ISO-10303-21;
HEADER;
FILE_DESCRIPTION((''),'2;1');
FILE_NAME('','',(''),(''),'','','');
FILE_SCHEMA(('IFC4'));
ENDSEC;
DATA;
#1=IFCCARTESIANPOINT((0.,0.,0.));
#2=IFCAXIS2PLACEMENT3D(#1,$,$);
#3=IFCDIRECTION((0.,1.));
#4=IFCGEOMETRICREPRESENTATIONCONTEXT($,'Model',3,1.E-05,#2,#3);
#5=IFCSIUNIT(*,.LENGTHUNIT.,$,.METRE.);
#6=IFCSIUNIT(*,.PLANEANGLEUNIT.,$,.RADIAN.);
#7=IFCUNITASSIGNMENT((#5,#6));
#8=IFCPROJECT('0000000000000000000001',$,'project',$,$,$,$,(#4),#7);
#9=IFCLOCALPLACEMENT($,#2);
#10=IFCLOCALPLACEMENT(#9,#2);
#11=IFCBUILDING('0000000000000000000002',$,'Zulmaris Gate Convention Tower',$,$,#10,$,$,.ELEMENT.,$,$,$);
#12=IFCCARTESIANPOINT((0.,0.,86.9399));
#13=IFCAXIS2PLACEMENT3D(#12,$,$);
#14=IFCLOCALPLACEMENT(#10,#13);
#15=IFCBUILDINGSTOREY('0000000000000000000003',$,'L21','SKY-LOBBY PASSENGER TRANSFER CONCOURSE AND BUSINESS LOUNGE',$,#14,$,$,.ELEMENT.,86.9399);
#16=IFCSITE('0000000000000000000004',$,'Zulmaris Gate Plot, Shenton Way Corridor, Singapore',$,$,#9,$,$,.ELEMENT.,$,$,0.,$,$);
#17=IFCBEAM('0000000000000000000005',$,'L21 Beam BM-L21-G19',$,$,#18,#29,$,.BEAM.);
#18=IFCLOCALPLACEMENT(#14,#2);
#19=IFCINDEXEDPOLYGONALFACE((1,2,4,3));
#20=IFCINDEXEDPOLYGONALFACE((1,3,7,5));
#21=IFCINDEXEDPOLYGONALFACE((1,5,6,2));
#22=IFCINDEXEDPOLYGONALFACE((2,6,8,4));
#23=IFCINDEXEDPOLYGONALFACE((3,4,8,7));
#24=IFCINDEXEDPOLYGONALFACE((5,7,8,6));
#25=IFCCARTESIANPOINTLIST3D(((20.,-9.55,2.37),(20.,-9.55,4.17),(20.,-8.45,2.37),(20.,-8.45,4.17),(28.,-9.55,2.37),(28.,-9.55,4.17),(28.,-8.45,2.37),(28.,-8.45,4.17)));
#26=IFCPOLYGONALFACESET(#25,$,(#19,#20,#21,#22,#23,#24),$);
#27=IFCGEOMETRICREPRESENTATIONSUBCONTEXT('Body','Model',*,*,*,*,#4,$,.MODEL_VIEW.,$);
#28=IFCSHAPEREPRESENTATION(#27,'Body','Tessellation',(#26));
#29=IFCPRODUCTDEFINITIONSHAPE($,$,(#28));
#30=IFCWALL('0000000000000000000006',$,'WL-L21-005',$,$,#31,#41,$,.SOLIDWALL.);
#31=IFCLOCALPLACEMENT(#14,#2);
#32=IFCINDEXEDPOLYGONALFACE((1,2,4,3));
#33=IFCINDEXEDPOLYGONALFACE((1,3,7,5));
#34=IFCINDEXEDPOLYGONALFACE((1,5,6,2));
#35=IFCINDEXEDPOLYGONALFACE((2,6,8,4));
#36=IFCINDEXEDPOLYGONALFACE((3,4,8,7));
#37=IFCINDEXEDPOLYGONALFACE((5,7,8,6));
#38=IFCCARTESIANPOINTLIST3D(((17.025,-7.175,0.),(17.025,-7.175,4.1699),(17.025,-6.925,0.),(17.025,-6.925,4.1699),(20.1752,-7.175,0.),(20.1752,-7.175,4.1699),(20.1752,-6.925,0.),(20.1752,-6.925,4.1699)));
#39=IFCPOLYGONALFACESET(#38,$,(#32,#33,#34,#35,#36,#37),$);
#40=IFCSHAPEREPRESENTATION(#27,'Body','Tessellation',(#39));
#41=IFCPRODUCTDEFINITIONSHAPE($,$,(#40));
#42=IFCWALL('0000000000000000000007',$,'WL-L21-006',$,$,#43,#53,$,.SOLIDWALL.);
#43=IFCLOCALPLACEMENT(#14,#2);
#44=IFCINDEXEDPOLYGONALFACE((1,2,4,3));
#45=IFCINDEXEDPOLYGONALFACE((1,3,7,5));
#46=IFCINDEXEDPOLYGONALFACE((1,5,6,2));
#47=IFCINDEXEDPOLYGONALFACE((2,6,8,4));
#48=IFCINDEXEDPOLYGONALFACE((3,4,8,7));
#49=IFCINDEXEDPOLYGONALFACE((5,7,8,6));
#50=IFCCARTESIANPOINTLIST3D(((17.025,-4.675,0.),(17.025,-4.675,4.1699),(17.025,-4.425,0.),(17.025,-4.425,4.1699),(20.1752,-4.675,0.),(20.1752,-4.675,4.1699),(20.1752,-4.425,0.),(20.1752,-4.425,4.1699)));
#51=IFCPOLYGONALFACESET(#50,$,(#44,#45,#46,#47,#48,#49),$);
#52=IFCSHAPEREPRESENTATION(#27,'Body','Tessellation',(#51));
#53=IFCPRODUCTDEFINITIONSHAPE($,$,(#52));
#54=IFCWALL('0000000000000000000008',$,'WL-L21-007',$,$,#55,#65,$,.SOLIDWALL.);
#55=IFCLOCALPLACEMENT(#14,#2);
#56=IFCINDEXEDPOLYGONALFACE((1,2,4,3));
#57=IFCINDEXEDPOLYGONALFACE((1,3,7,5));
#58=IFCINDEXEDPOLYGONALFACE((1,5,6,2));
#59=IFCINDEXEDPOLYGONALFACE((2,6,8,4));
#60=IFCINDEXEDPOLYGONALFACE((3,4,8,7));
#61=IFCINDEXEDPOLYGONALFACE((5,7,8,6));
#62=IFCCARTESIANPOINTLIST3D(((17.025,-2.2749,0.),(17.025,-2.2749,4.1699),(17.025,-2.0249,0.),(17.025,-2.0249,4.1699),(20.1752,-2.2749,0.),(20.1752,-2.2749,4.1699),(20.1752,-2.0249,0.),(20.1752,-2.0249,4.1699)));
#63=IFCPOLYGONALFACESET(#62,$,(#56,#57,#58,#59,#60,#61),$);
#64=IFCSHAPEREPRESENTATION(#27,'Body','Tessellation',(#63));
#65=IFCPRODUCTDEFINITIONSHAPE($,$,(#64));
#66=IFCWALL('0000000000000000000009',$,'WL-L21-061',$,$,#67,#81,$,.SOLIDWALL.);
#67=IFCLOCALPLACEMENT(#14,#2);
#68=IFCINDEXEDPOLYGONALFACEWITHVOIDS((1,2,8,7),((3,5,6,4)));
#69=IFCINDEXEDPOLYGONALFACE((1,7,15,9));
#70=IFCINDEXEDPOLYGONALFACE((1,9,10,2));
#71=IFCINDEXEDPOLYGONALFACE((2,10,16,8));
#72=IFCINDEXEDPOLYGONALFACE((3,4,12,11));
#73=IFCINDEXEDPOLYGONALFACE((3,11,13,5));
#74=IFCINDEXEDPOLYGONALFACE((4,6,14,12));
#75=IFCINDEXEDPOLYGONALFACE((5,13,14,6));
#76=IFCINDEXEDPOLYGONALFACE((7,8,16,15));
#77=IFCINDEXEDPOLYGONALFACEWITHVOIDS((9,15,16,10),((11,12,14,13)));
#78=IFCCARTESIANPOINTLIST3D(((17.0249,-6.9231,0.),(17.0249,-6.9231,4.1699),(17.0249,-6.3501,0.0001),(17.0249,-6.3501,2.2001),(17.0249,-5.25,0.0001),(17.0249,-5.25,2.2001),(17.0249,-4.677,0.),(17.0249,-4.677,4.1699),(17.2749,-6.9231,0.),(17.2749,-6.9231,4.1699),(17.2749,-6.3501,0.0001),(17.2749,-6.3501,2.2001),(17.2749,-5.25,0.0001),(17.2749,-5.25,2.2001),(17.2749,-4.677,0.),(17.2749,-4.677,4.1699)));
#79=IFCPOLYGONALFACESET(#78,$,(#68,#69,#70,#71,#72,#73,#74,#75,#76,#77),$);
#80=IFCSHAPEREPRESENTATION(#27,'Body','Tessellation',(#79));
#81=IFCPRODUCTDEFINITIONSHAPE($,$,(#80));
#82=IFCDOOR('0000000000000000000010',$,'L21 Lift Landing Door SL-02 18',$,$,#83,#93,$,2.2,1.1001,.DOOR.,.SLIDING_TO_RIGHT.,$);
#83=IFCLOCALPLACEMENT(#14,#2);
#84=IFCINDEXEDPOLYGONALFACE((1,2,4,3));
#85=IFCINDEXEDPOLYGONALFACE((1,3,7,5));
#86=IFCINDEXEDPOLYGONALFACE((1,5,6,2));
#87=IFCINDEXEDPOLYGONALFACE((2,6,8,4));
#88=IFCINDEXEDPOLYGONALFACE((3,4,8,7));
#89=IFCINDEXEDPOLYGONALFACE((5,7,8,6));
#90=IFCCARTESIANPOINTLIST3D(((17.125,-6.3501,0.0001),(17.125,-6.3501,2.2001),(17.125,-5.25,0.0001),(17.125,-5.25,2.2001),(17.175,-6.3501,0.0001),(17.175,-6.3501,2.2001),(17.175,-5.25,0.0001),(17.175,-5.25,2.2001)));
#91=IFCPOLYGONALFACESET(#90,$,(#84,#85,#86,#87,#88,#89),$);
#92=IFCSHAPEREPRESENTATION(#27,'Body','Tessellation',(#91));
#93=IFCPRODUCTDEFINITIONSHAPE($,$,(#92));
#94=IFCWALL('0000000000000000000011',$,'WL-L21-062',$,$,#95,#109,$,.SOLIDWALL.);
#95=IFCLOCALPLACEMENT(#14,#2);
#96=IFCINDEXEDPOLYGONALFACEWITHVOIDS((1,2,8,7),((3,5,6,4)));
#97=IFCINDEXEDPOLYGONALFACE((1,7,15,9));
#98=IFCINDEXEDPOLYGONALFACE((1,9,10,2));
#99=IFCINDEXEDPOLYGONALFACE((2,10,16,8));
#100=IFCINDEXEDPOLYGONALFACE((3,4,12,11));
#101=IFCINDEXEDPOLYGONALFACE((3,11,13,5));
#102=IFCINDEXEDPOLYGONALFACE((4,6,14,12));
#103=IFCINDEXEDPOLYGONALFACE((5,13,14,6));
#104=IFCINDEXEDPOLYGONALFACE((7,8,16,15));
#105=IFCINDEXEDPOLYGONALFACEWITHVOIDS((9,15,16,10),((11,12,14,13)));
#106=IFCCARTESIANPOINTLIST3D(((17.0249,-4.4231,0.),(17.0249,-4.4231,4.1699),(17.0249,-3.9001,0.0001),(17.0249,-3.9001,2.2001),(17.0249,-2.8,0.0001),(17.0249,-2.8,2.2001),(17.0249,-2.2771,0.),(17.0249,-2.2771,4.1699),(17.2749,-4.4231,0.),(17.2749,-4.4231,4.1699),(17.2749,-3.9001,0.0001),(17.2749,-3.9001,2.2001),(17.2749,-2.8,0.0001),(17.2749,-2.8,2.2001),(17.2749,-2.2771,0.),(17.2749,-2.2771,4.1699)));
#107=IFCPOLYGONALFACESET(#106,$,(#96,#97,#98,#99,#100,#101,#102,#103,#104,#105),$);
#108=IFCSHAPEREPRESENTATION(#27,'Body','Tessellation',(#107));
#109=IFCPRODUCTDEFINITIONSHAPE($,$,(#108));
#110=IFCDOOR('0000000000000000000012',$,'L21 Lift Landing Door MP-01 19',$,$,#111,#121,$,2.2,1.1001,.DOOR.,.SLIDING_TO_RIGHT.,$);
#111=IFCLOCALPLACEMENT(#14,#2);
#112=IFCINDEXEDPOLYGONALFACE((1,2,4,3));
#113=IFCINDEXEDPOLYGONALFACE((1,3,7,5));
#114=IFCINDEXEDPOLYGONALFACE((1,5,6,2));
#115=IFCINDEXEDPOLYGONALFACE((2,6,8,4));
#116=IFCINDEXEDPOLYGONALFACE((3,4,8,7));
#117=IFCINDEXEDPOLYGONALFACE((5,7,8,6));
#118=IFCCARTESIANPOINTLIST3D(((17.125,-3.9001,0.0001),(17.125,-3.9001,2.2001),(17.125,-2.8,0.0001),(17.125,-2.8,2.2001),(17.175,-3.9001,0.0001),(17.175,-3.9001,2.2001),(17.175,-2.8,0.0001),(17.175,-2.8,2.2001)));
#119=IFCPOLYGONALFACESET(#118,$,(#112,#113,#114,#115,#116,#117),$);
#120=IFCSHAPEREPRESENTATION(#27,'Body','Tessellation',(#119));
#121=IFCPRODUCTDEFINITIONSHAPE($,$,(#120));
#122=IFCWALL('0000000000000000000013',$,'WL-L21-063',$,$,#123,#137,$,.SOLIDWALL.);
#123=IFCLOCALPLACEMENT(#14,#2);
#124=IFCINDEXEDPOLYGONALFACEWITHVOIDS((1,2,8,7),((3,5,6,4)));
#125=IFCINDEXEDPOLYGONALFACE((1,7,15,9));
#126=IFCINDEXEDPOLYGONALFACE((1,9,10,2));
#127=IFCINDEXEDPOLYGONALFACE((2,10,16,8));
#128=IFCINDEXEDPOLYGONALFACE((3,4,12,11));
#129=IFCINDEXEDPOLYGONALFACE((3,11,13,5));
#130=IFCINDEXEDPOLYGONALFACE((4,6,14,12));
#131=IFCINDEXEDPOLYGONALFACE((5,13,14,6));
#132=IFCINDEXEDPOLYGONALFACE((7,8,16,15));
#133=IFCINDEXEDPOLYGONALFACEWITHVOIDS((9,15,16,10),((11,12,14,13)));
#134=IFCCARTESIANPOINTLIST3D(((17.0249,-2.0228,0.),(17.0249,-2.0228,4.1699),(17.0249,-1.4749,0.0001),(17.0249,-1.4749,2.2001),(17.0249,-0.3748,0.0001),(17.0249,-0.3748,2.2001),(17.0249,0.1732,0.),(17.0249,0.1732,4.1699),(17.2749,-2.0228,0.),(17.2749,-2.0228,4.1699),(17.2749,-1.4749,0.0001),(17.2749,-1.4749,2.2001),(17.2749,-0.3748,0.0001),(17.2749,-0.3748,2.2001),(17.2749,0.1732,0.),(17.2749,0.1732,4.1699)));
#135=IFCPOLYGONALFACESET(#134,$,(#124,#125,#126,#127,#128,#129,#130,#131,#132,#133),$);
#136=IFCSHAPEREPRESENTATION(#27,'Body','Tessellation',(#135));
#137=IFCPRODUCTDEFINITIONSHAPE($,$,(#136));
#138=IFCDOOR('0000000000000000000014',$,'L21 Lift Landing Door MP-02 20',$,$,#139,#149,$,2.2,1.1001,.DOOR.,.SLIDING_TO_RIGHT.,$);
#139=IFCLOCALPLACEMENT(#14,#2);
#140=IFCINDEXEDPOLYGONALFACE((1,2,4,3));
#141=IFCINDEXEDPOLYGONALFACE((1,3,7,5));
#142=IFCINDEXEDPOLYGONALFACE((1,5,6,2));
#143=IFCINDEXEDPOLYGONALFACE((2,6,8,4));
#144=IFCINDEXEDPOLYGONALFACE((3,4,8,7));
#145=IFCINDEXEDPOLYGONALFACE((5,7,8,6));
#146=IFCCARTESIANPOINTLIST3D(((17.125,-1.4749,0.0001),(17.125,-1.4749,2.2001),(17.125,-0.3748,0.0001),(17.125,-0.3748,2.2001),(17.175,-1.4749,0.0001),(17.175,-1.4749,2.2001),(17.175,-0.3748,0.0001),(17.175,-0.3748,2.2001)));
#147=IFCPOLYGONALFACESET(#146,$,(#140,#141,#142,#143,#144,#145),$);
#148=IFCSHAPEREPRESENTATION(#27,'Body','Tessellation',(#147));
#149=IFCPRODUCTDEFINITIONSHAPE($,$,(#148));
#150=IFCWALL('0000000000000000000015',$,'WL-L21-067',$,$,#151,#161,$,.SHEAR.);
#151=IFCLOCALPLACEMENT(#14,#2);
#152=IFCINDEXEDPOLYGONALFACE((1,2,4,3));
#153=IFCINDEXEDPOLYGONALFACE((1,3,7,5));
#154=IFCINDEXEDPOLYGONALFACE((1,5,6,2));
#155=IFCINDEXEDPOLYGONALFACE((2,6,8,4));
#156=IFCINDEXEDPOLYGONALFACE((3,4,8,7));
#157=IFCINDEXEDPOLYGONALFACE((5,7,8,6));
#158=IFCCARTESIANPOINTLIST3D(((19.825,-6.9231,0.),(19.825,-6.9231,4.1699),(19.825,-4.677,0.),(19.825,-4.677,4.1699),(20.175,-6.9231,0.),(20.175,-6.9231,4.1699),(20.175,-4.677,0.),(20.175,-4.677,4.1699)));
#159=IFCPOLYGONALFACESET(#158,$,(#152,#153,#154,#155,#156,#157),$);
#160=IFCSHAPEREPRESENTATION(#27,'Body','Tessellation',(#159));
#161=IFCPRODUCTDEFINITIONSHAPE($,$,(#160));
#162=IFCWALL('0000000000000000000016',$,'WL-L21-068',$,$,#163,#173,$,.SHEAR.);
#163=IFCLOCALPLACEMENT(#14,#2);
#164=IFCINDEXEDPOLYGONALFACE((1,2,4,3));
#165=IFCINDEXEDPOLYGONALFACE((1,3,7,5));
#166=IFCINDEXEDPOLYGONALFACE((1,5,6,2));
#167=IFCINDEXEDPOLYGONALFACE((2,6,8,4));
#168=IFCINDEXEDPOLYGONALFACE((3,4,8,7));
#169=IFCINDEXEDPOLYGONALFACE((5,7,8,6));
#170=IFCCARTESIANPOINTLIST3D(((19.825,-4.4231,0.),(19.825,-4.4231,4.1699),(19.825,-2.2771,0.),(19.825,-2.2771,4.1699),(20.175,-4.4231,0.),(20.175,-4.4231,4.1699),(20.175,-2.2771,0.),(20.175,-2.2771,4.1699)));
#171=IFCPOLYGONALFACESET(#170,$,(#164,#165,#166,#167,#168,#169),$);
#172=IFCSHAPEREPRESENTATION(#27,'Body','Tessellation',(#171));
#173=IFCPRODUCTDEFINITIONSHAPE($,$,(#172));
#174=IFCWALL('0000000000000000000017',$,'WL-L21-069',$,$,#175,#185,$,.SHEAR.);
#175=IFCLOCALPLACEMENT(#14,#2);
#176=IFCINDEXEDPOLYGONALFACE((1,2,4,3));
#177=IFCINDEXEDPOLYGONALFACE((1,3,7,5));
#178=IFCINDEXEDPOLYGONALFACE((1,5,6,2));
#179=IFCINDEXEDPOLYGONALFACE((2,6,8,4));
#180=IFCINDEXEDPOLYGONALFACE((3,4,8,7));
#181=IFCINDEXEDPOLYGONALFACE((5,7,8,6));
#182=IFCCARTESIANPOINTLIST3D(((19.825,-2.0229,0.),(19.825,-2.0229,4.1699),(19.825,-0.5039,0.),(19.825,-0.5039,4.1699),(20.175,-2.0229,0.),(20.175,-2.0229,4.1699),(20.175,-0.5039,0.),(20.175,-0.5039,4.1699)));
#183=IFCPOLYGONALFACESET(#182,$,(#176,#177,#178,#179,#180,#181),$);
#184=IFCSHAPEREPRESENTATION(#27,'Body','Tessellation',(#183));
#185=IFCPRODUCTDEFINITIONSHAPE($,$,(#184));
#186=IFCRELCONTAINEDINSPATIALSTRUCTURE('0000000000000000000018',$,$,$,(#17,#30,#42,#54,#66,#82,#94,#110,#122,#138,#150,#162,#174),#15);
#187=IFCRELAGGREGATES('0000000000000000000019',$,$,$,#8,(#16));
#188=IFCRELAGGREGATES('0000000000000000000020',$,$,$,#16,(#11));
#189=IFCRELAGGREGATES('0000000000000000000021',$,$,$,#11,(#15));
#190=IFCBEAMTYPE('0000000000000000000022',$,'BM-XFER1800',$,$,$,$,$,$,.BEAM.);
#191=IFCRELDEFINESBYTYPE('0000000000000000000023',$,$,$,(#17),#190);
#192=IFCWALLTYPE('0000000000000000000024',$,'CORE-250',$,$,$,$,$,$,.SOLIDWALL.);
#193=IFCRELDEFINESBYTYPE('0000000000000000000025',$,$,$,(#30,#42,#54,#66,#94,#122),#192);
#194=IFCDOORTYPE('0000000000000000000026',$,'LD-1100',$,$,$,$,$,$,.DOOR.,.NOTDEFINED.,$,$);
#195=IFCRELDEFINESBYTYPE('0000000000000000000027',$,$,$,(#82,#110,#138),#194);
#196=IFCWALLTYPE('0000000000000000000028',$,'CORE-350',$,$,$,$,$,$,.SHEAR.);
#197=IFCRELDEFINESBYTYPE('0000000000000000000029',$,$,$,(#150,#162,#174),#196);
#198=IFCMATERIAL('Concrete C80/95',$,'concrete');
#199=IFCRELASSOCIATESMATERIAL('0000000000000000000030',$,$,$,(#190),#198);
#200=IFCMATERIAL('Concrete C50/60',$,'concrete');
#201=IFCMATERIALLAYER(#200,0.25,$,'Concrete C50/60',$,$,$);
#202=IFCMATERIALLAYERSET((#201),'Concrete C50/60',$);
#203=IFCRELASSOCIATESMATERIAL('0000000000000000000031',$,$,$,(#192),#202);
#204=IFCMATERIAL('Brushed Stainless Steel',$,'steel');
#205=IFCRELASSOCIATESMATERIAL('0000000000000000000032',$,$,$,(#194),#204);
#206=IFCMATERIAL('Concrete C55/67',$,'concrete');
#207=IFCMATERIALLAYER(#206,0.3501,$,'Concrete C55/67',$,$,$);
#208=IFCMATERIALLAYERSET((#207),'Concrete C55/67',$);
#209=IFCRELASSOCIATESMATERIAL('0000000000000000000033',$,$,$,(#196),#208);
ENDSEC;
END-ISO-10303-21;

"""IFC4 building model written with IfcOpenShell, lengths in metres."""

from ifc_helpers import new_model, si_unit, direction, frame, frame_2d, origin, origin_2d, place, context, subcontext, project, spatial, rectangle, extrude, material, layer, layer_set, material_profile, profile_set, type_object, element, fill, save


model = new_model("IFC4")

# Units and contexts
model_context = context("Model", 3, precision=1e-05, world=origin(), true_north=direction((0.0, 1.0)))
body_context = subcontext(model_context, "Body", "Model", "MODEL_VIEW")
ifc_project = project(units=[si_unit("LENGTHUNIT", "METRE"), si_unit("PLANEANGLEUNIT", "RADIAN")], contexts=[model_context])

# Site, building, storey
site_placement = place(None, origin())
site = spatial("IfcSite", under=ifc_project, at=site_placement, Name="Zulmaris Gate Plot, Shenton Way Corridor, Singapore", CompositionType="ELEMENT", RefElevation=0.0)
building_placement = place(site_placement, origin())
building = spatial("IfcBuilding", under=site, at=building_placement, Name="Zulmaris Gate Convention Tower", CompositionType="ELEMENT")
storey_placement = place(building_placement, frame((0.0, 0.0, 86.9399)))
storey = spatial("IfcBuildingStorey", under=building, at=storey_placement, Name="L21", Description="SKY-LOBBY PASSENGER TRANSFER CONCOURSE AND BUSINESS LOUNGE", CompositionType="ELEMENT", Elevation=86.9399)

# Beam
ifc_material_1 = material(Name="Concrete C80/95", Category="concrete")
ifc_material_profile = material_profile(ifc_material_1, rectangle(XDim=1.1001, YDim=1.8, at=origin_2d()), Name="RC TRANSFER 1100x1800")
ifc_profile_set = profile_set([ifc_material_profile], Name="Concrete C80/95")
beam_type = type_object("IfcBeamType", Name="BM-XFER1800", PredefinedType="BEAM", material=ifc_profile_set)
beam_placement = place(storey_placement, frame((20.0, -9.0, 3.27), z_axis=(1.0, 0.0, 0.0), x_axis=(0.0, 1.0, 0.0)))
element("IfcBeam", 1, at=beam_placement, inside=storey, type_object=beam_type, Name="L21 Beam BM-L21-G19", PredefinedType="BEAM", context=body_context, shape_type="SweptSolid", body=[
    extrude(rectangle(XDim=1.1001, YDim=1.8, at=origin_2d()), origin(), (0.0, 0.0, 1.0), 8.0),
])

# Walls
ifc_material_2 = material(Name="Concrete C50/60", Category="concrete")
ifc_layer_1 = layer(ifc_material_2, 0.25, Name="Concrete C50/60")
ifc_layer_set_1 = layer_set([ifc_layer_1], Name="Concrete C50/60")
wall_type_1 = type_object("IfcWallType", Name="CORE-250", PredefinedType="SOLIDWALL", material=ifc_layer_set_1)
for number, where, z_axis, x_axis, name in (
    (2, (17.0249, -7.05, 0.0), (0.0, 0.0, 1.0), (1.0, 0.0, 0.0), "WL-L21-005"),
    (3, (17.0249, -4.55, 0.0), (0.0, 0.0, 1.0), (1.0, 0.0, 0.0), "WL-L21-006"),
    (4, (17.0249, -2.1499, 0.0), (0.0, 0.0, 1.0), (1.0, 0.0, 0.0), "WL-L21-007"),
):
    element("IfcWall", number, at=place(storey_placement, frame(where, z_axis=z_axis, x_axis=x_axis)), inside=storey, type_object=wall_type_1, Name=name, PredefinedType="SOLIDWALL", context=body_context, shape_type="SweptSolid", body=[
        extrude(rectangle(XDim=3.1501, YDim=0.25, at=frame_2d((1.5752, 0.0))), origin(), (0.0, 0.0, 1.0), 4.1699),
    ])

# Walls, openings, doors
wall_1_placement = place(storey_placement, frame((17.1499, -6.9231, 0.0), z_axis=(0.0, 0.0, 1.0), x_axis=(0.0, 1.0, 0.0)))
wall_1 = element("IfcWall", 5, at=wall_1_placement, inside=storey, type_object=wall_type_1, Name="WL-L21-061", PredefinedType="SOLIDWALL", context=body_context, shape_type="SweptSolid", body=[
    extrude(rectangle(XDim=2.2461, YDim=0.25, at=frame_2d((1.123, 0.0))), origin(), (0.0, 0.0, 1.0), 4.1699),
])
opening_1_placement = place(wall_1_placement, frame((0.573, 0.0, 0.0)))
opening_1 = element("IfcOpeningElement", 6, at=opening_1_placement, cuts=wall_1, PredefinedType="OPENING", context=body_context, shape_type="SweptSolid", body=[
    extrude(rectangle(XDim=1.1001, YDim=2.2, at=frame_2d((0.55, 1.1001))), frame((0.0, 0.135, 0.0), z_axis=(0.0, -1.0, 0.0), x_axis=(1.0, 0.0, 0.0)), (0.0, 0.0, 1.0), 0.27),
])
ifc_material_3 = material(Name="Brushed Stainless Steel", Category="steel")
door_type = type_object("IfcDoorType", Name="LD-1100", OperationType="NOTDEFINED", PredefinedType="DOOR", material=ifc_material_3)
door_1_placement = place(opening_1_placement, origin())
door_1 = element("IfcDoor", 7, at=door_1_placement, inside=storey, type_object=door_type, Name="L21 Lift Landing Door SL-02 18", OperationType="SLIDING_TO_RIGHT", OverallHeight=2.2, OverallWidth=1.1001, PredefinedType="DOOR", context=body_context, shape_type="SweptSolid", body=[
    extrude(rectangle(XDim=1.1001, YDim=2.2, at=frame_2d((0.55, 1.1001))), frame((0.0, 0.0249, 0.0), z_axis=(0.0, -1.0, 0.0), x_axis=(1.0, 0.0, 0.0)), (0.0, 0.0, 1.0), 0.05),
])
fill(opening_1, door_1)
wall_2_placement = place(storey_placement, frame((17.1499, -4.4231, 0.0), z_axis=(0.0, 0.0, 1.0), x_axis=(0.0, 1.0, 0.0)))
wall_2 = element("IfcWall", 8, at=wall_2_placement, inside=storey, type_object=wall_type_1, Name="WL-L21-062", PredefinedType="SOLIDWALL", context=body_context, shape_type="SweptSolid", body=[
    extrude(rectangle(XDim=2.146, YDim=0.25, at=frame_2d((1.073, 0.0))), origin(), (0.0, 0.0, 1.0), 4.1699),
])
opening_2_placement = place(wall_2_placement, frame((0.5229, 0.0, 0.0)))
opening_2 = element("IfcOpeningElement", 9, at=opening_2_placement, cuts=wall_2, PredefinedType="OPENING", context=body_context, shape_type="SweptSolid", body=[
    extrude(rectangle(XDim=1.1001, YDim=2.2, at=frame_2d((0.55, 1.1001))), frame((0.0, 0.135, 0.0), z_axis=(0.0, -1.0, 0.0), x_axis=(1.0, 0.0, 0.0)), (0.0, 0.0, 1.0), 0.27),
])
door_2_placement = place(opening_2_placement, origin())
door_2 = element("IfcDoor", 10, at=door_2_placement, inside=storey, type_object=door_type, Name="L21 Lift Landing Door MP-01 19", OperationType="SLIDING_TO_RIGHT", OverallHeight=2.2, OverallWidth=1.1001, PredefinedType="DOOR", context=body_context, shape_type="SweptSolid", body=[
    extrude(rectangle(XDim=1.1001, YDim=2.2, at=frame_2d((0.55, 1.1001))), frame((0.0, 0.0249, 0.0), z_axis=(0.0, -1.0, 0.0), x_axis=(1.0, 0.0, 0.0)), (0.0, 0.0, 1.0), 0.05),
])
fill(opening_2, door_2)
wall_3_placement = place(storey_placement, frame((17.1499, -2.0229, 0.0), z_axis=(0.0, 0.0, 1.0), x_axis=(0.0, 1.0, 0.0)))
wall_3 = element("IfcWall", 11, at=wall_3_placement, inside=storey, type_object=wall_type_1, Name="WL-L21-063", PredefinedType="SOLIDWALL", context=body_context, shape_type="SweptSolid", body=[
    extrude(rectangle(XDim=2.196, YDim=0.25, at=frame_2d((1.0981, 0.0))), origin(), (0.0, 0.0, 1.0), 4.1699),
])
opening_3_placement = place(wall_3_placement, frame((0.5481, 0.0, 0.0)))
opening_3 = element("IfcOpeningElement", 12, at=opening_3_placement, cuts=wall_3, PredefinedType="OPENING", context=body_context, shape_type="SweptSolid", body=[
    extrude(rectangle(XDim=1.1001, YDim=2.2, at=frame_2d((0.55, 1.1001))), frame((0.0, 0.135, 0.0), z_axis=(0.0, -1.0, 0.0), x_axis=(1.0, 0.0, 0.0)), (0.0, 0.0, 1.0), 0.27),
])
door_3_placement = place(opening_3_placement, origin())
door_3 = element("IfcDoor", 13, at=door_3_placement, inside=storey, type_object=door_type, Name="L21 Lift Landing Door MP-02 20", OperationType="SLIDING_TO_RIGHT", OverallHeight=2.2, OverallWidth=1.1001, PredefinedType="DOOR", context=body_context, shape_type="SweptSolid", body=[
    extrude(rectangle(XDim=1.1001, YDim=2.2, at=frame_2d((0.55, 1.1001))), frame((0.0, 0.0249, 0.0), z_axis=(0.0, -1.0, 0.0), x_axis=(1.0, 0.0, 0.0)), (0.0, 0.0, 1.0), 0.05),
])
fill(opening_3, door_3)

# Walls
ifc_material_4 = material(Name="Concrete C55/67", Category="concrete")
ifc_layer_2 = layer(ifc_material_4, 0.3501, Name="Concrete C55/67")
ifc_layer_set_2 = layer_set([ifc_layer_2], Name="Concrete C55/67")
wall_type_2 = type_object("IfcWallType", Name="CORE-350", PredefinedType="SHEAR", material=ifc_layer_set_2)
wall_4_placement = place(storey_placement, frame((20.0, -6.9231, 0.0), z_axis=(0.0, 0.0, 1.0), x_axis=(0.0, 1.0, 0.0)))
element("IfcWall", 14, at=wall_4_placement, inside=storey, type_object=wall_type_2, Name="WL-L21-067", PredefinedType="SHEAR", context=body_context, shape_type="SweptSolid", body=[
    extrude(rectangle(XDim=2.2461, YDim=0.3501, at=frame_2d((1.123, 0.0))), origin(), (0.0, 0.0, 1.0), 4.1699),
])
wall_5_placement = place(storey_placement, frame((20.0, -4.4231, 0.0), z_axis=(0.0, 0.0, 1.0), x_axis=(0.0, 1.0, 0.0)))
element("IfcWall", 15, at=wall_5_placement, inside=storey, type_object=wall_type_2, Name="WL-L21-068", PredefinedType="SHEAR", context=body_context, shape_type="SweptSolid", body=[
    extrude(rectangle(XDim=2.146, YDim=0.3501, at=frame_2d((1.073, 0.0))), origin(), (0.0, 0.0, 1.0), 4.1699),
])
wall_6_placement = place(storey_placement, frame((20.0, -2.0229, 0.0), z_axis=(0.0, 0.0, 1.0), x_axis=(0.0, 1.0, 0.0)))
element("IfcWall", 16, at=wall_6_placement, inside=storey, type_object=wall_type_2, Name="WL-L21-069", PredefinedType="SHEAR", context=body_context, shape_type="SweptSolid", body=[
    extrude(rectangle(XDim=1.519, YDim=0.3501, at=frame_2d((0.7595, 0.0))), origin(), (0.0, 0.0, 1.0), 4.1699),
])

save(model, "model.ifc")
